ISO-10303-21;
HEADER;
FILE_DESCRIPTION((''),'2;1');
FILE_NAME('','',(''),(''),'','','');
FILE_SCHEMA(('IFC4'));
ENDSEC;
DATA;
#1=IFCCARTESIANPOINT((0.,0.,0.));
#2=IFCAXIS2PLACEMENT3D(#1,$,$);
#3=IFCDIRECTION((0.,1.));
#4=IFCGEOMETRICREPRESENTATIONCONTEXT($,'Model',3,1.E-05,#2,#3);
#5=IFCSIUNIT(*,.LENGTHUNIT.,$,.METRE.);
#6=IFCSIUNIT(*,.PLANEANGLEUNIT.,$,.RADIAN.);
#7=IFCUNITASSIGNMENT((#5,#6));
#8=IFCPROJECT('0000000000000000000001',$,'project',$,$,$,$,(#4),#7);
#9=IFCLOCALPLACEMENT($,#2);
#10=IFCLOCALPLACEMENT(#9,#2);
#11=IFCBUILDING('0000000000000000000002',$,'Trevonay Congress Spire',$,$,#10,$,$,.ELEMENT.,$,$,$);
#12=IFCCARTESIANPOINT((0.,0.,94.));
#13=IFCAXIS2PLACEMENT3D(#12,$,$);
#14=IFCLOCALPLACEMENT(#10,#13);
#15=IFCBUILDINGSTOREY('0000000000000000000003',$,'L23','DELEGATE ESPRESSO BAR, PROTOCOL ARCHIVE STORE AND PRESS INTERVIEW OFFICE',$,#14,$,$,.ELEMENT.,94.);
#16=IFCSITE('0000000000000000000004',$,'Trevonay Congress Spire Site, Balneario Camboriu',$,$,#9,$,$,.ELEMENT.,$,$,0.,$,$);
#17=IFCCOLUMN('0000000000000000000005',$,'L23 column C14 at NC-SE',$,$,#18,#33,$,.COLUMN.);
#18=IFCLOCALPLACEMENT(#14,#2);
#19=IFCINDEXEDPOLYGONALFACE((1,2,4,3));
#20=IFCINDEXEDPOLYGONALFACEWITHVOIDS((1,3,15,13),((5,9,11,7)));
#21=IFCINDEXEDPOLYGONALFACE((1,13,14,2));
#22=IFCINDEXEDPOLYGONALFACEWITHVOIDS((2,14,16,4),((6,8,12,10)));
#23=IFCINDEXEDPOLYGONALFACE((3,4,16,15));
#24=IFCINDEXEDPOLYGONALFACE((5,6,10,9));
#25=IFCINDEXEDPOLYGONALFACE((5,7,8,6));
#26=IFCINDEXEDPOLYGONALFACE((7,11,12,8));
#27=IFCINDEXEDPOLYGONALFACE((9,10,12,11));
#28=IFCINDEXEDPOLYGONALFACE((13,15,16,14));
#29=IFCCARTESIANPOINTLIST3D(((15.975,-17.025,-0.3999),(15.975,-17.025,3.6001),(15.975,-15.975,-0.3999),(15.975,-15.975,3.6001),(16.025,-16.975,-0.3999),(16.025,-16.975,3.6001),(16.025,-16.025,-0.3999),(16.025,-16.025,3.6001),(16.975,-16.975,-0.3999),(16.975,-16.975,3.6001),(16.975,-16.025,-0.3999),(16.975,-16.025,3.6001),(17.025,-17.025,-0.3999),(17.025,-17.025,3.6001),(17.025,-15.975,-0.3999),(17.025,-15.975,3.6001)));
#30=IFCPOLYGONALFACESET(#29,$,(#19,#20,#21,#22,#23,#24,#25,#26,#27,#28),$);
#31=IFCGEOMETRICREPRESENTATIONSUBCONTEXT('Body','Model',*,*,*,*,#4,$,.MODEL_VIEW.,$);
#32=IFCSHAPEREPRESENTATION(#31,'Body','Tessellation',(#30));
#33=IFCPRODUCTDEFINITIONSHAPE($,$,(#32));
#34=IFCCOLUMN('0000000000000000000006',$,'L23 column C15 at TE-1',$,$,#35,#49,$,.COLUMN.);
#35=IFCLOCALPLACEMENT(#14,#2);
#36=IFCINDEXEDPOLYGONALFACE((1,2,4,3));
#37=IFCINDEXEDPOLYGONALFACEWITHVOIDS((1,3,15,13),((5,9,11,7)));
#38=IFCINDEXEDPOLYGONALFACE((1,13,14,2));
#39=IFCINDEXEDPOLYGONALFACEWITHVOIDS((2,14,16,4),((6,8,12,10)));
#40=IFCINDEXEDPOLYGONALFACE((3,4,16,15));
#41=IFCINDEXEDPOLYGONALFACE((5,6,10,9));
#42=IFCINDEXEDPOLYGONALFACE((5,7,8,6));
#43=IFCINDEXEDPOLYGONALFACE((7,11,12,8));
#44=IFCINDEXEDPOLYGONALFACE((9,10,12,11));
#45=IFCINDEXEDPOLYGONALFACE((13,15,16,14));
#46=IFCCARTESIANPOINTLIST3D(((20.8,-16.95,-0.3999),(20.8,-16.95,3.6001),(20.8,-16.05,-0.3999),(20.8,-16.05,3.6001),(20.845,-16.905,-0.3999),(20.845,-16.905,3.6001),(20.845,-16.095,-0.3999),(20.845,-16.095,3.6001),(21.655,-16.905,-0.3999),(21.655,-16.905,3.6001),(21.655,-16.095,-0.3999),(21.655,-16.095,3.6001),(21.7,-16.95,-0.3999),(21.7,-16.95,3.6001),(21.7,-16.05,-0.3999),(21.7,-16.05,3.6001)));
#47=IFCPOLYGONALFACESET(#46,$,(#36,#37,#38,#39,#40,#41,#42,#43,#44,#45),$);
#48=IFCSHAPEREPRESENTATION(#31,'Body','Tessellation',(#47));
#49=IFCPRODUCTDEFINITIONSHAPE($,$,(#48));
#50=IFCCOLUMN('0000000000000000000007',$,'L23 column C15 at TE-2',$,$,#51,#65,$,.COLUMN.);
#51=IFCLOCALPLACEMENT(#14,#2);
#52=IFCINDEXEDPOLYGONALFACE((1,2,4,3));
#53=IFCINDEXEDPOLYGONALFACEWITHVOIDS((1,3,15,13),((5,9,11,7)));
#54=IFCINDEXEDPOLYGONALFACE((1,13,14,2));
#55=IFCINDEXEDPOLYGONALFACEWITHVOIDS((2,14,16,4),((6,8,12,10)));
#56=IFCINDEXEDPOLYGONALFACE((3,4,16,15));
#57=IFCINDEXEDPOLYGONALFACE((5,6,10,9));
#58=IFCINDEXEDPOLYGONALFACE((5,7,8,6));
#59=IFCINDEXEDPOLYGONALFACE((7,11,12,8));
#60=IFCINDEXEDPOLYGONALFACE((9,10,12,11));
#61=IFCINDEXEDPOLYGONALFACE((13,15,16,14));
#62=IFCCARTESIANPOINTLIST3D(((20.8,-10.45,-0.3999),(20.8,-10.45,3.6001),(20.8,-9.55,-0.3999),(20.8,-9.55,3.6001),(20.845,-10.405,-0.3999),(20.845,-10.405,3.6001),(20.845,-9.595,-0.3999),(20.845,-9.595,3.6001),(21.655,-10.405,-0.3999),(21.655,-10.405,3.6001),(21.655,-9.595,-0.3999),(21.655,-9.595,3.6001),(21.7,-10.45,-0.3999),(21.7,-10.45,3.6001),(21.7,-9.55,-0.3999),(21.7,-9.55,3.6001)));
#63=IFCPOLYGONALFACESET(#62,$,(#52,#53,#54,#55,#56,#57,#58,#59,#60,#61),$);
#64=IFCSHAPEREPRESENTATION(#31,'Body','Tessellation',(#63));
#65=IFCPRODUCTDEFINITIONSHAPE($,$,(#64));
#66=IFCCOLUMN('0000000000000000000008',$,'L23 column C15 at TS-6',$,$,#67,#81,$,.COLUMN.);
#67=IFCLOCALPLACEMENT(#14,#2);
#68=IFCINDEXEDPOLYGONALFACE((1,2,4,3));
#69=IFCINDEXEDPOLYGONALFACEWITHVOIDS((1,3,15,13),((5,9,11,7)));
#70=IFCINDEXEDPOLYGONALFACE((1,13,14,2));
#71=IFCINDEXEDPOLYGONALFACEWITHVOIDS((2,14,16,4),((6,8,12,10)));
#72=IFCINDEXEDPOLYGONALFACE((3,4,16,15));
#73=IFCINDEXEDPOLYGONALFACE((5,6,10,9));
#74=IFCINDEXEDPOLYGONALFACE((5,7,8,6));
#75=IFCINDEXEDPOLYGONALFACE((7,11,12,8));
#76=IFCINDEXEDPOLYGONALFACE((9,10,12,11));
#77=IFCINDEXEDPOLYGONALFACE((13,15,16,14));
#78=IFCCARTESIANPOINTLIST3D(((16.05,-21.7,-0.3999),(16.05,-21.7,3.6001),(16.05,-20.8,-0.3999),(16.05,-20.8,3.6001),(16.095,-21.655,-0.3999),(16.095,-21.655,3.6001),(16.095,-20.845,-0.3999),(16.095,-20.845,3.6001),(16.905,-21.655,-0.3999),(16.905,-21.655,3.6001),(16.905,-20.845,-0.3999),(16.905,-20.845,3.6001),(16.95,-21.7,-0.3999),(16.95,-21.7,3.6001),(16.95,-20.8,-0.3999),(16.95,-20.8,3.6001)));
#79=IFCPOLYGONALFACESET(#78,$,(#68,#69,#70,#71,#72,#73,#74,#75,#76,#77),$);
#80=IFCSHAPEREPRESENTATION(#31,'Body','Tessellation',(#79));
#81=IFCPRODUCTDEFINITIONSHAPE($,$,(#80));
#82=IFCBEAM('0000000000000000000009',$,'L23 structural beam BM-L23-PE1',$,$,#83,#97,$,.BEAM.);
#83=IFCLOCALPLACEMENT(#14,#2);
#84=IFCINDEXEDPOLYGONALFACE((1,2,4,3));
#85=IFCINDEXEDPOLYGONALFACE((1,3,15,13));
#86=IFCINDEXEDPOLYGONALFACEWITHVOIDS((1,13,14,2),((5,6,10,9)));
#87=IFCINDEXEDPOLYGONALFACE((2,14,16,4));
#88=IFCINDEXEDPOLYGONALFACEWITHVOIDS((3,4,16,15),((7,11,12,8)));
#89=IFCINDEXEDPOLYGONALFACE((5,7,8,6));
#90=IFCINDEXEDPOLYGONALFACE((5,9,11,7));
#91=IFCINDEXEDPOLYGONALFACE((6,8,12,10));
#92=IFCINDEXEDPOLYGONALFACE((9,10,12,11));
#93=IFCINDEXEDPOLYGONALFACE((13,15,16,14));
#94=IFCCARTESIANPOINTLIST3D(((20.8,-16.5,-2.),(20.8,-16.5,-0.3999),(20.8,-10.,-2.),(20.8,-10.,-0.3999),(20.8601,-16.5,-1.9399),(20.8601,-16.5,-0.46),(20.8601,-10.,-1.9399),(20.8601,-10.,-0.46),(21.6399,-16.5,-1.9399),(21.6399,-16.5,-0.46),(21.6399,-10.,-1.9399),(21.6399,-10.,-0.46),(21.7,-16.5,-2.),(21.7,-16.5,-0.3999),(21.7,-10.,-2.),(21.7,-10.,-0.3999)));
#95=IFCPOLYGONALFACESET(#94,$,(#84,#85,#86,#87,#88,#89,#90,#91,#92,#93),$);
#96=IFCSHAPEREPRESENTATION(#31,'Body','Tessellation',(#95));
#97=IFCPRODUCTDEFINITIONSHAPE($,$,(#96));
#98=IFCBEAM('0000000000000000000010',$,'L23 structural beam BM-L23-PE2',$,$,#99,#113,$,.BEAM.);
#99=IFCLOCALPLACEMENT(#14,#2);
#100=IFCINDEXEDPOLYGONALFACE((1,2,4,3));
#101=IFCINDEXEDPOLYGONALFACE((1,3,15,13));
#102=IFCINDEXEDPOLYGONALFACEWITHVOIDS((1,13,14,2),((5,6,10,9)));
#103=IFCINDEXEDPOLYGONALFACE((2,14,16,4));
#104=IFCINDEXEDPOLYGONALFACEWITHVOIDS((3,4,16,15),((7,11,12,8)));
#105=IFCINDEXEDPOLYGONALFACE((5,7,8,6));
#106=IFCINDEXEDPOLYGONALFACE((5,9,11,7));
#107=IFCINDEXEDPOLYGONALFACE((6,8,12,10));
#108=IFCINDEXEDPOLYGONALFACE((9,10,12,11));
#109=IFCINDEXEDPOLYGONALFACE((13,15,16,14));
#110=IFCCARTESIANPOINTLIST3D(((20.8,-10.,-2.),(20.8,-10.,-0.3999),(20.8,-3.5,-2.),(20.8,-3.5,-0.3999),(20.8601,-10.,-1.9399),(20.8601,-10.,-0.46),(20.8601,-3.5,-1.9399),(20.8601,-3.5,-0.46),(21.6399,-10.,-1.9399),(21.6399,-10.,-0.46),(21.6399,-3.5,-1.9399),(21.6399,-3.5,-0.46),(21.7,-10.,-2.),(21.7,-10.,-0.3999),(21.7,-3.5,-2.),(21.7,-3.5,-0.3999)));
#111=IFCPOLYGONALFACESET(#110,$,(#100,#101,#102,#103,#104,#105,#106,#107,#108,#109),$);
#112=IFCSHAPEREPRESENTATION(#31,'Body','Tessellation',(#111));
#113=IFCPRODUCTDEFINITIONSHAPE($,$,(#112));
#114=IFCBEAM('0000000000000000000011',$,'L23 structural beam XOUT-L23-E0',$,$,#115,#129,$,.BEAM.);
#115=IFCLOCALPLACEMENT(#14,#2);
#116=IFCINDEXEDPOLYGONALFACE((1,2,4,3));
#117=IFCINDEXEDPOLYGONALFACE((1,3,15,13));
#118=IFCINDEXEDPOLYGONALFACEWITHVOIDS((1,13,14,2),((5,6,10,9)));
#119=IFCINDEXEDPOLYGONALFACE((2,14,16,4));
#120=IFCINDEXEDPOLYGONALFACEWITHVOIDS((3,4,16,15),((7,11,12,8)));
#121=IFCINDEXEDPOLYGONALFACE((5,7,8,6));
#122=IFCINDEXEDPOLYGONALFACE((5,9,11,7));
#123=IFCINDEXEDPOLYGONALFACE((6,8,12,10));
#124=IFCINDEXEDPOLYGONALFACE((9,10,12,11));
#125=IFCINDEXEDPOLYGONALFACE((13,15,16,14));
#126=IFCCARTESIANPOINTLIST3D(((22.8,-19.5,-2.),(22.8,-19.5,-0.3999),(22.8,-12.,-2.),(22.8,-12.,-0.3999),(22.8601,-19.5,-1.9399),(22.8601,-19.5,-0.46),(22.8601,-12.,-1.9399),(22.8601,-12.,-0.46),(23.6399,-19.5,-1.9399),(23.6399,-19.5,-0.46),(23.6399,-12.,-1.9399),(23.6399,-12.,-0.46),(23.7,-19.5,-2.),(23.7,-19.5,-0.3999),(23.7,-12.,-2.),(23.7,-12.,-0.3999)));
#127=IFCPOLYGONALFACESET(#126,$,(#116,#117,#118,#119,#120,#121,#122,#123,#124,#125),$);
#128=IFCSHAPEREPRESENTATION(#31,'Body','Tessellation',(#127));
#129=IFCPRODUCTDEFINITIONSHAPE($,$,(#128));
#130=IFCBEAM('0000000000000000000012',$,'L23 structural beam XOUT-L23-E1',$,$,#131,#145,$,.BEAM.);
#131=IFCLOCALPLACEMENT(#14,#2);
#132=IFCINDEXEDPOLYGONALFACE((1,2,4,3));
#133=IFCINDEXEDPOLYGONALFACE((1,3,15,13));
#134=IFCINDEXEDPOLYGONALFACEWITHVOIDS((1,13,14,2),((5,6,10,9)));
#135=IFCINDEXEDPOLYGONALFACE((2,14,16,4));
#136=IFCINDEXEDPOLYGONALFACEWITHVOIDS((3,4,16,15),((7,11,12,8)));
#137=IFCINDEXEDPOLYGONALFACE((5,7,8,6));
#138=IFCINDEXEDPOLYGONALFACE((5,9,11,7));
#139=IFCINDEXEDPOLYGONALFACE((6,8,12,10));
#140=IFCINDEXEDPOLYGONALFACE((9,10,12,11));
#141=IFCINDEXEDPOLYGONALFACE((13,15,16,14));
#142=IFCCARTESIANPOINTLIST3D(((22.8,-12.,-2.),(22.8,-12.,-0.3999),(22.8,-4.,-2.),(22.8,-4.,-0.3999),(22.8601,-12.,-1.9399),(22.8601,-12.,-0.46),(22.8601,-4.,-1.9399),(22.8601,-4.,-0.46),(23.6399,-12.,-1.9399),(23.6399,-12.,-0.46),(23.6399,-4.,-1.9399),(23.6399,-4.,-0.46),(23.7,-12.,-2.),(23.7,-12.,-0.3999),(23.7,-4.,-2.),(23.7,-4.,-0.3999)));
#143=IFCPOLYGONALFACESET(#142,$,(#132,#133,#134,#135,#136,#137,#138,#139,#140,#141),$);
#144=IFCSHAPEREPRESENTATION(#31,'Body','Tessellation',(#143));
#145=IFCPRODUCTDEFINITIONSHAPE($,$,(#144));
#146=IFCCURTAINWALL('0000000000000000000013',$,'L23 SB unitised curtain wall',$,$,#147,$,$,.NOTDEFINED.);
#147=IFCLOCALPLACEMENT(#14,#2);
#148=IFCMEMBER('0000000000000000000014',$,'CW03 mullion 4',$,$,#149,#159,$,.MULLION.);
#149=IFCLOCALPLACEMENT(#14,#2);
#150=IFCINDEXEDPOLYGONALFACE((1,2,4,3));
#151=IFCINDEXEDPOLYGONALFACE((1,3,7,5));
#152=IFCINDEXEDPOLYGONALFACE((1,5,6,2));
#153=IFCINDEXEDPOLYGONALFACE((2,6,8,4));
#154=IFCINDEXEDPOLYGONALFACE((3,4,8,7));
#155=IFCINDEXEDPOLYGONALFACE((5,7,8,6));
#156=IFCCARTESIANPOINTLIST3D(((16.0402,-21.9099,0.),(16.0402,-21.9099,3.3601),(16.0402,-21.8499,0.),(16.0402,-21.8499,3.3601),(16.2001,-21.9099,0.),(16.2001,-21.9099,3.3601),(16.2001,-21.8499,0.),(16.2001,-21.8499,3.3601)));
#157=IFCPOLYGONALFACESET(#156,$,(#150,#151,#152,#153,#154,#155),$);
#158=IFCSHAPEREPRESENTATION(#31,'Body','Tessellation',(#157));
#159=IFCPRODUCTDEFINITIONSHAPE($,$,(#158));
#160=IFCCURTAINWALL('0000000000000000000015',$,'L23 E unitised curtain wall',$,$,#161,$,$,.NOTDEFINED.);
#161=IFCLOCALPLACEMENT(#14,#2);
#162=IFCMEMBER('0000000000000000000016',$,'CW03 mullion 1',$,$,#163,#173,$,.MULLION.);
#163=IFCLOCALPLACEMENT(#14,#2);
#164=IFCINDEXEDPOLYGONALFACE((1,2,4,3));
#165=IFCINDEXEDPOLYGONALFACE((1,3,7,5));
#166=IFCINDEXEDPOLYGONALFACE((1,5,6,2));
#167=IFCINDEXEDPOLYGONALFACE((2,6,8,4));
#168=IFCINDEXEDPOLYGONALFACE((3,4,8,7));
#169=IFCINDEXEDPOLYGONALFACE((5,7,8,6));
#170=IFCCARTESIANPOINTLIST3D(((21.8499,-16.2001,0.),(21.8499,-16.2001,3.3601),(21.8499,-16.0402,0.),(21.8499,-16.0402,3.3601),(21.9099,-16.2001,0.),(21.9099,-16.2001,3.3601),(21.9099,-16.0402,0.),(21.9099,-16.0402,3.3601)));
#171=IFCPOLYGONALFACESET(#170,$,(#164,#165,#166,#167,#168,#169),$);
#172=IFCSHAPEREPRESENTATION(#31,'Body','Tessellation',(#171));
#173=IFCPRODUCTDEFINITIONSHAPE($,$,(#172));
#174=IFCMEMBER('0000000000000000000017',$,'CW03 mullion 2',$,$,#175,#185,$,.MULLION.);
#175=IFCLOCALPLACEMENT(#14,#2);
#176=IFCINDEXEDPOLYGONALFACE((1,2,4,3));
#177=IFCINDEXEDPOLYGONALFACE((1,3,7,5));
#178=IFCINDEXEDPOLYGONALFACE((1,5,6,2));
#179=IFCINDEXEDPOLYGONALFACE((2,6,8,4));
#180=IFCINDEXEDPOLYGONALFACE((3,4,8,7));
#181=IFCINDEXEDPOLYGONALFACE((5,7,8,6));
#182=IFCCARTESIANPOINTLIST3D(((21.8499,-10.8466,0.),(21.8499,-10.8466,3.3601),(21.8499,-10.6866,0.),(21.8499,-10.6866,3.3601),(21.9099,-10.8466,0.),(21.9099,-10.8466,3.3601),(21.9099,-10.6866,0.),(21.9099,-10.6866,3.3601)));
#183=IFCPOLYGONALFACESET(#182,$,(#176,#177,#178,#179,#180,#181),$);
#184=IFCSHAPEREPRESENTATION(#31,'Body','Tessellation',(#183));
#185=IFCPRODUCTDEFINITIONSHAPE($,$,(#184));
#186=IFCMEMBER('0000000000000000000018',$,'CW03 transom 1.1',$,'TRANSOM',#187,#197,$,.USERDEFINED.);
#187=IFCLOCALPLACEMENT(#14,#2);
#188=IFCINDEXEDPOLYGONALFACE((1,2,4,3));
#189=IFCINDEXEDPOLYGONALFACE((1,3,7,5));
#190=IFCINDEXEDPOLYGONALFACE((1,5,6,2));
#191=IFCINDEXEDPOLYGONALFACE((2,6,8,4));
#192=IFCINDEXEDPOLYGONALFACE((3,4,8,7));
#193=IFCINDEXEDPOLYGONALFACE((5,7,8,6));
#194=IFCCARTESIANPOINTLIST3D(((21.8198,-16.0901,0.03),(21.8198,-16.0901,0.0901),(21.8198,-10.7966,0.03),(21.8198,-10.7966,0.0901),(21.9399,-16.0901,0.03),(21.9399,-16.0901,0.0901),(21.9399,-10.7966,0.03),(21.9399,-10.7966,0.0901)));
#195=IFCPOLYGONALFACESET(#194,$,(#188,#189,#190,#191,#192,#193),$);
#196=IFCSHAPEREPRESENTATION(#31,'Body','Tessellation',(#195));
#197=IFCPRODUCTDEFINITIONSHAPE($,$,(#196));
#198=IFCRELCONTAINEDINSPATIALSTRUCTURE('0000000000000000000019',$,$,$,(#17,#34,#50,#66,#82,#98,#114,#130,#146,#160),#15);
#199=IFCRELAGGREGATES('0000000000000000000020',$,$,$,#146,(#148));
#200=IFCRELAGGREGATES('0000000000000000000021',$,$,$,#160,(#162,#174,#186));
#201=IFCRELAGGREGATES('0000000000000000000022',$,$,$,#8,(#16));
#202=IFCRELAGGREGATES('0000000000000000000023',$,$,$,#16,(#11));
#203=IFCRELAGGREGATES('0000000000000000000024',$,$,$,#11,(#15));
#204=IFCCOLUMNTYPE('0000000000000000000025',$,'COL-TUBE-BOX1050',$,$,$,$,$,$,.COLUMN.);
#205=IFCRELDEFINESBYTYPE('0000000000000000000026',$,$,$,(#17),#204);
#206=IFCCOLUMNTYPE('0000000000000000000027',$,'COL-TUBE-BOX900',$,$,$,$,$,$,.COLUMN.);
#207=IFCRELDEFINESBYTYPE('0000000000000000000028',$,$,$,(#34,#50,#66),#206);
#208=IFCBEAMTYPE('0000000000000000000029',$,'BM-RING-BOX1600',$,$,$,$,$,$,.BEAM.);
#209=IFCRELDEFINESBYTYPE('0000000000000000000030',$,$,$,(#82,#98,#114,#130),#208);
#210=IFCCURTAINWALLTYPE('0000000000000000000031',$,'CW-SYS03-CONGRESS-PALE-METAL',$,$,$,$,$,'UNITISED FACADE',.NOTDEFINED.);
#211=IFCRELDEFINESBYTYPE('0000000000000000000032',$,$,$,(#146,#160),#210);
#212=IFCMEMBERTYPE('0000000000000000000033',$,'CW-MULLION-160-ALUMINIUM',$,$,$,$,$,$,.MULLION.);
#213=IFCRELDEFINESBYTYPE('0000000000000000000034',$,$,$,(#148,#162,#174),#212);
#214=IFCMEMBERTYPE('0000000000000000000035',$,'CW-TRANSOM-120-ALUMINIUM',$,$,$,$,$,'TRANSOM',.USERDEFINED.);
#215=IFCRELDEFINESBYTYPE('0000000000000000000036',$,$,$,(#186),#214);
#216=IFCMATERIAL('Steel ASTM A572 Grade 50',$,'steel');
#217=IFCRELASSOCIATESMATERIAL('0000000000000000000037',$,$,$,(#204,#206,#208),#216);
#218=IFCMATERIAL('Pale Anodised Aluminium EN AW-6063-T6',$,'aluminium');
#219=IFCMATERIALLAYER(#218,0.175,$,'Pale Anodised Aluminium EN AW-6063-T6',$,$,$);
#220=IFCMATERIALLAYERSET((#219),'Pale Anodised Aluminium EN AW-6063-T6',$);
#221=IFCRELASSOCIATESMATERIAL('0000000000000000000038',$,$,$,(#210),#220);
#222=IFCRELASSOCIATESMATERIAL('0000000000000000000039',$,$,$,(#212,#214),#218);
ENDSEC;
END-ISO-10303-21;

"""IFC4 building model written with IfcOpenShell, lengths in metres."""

from ifc_helpers import new_model, si_unit, direction, frame, origin, origin_2d, place, context, subcontext, project, spatial, rectangle, hollow_rectangle, extrude, material, layer, layer_set, material_profile, profile_set, type_object, element, aggregate, save


model = new_model("IFC4")

# Units and contexts
model_context = context("Model", 3, precision=1e-05, world=origin(), true_north=direction((0.0, 1.0)))
body_context = subcontext(model_context, "Body", "Model", "MODEL_VIEW")
ifc_project = project(units=[si_unit("LENGTHUNIT", "METRE"), si_unit("PLANEANGLEUNIT", "RADIAN")], contexts=[model_context])

# Site, building, storey
site_placement = place(None, origin())
site = spatial("IfcSite", under=ifc_project, at=site_placement, Name="Trevonay Congress Spire Site, Balneario Camboriu", CompositionType="ELEMENT", RefElevation=0.0)
building_placement = place(site_placement, origin())
building = spatial("IfcBuilding", under=site, at=building_placement, Name="Trevonay Congress Spire", CompositionType="ELEMENT")
storey_placement = place(building_placement, frame((0.0, 0.0, 94.0)))
storey = spatial("IfcBuildingStorey", under=building, at=storey_placement, Name="L23", Description="DELEGATE ESPRESSO BAR, PROTOCOL ARCHIVE STORE AND PRESS INTERVIEW OFFICE", CompositionType="ELEMENT", Elevation=94.0)

# Columns
ifc_material_1 = material(Name="Steel ASTM A572 Grade 50", Category="steel")
ifc_material_profile_1 = material_profile(ifc_material_1, hollow_rectangle(XDim=1.05, YDim=1.05, WallThickness=0.05, at=origin_2d()), Name="BOX 1050x1050x50")
ifc_profile_set_1 = profile_set([ifc_material_profile_1], Name="Steel ASTM A572 Grade 50")
column_type_1 = type_object("IfcColumnType", Name="COL-TUBE-BOX1050", PredefinedType="COLUMN", material=ifc_profile_set_1)
column_placement = place(storey_placement, frame((16.5, -16.5, -0.3999), z_axis=(0.0, 0.0, 1.0), x_axis=(1.0, 0.0, 0.0)))
element("IfcColumn", 1, at=column_placement, inside=storey, type_object=column_type_1, Name="L23 column C14 at NC-SE", PredefinedType="COLUMN", context=body_context, shape_type="SweptSolid", body=[
    extrude(hollow_rectangle(XDim=1.05, YDim=1.05, WallThickness=0.05, at=origin_2d()), origin(), (0.0, 0.0, 1.0), 4.0),
])
ifc_material_profile_2 = material_profile(ifc_material_1, hollow_rectangle(XDim=0.8999, YDim=0.8999, WallThickness=0.0449, at=origin_2d()), Name="BOX 900x900x45")
ifc_profile_set_2 = profile_set([ifc_material_profile_2], Name="Steel ASTM A572 Grade 50")
column_type_2 = type_object("IfcColumnType", Name="COL-TUBE-BOX900", PredefinedType="COLUMN", material=ifc_profile_set_2)
for number, where, z_axis, x_axis, name in (
    (2, (21.25, -16.5, -0.3999), (0.0, 0.0, 1.0), (1.0, 0.0, 0.0), "L23 column C15 at TE-1"),
    (3, (21.25, -10.0, -0.3999), (0.0, 0.0, 1.0), (1.0, 0.0, 0.0), "L23 column C15 at TE-2"),
    (4, (16.5, -21.25, -0.3999), (0.0, 0.0, 1.0), (1.0, 0.0, 0.0), "L23 column C15 at TS-6"),
):
    element("IfcColumn", number, at=place(storey_placement, frame(where, z_axis=z_axis, x_axis=x_axis)), inside=storey, type_object=column_type_2, Name=name, PredefinedType="COLUMN", context=body_context, shape_type="SweptSolid", body=[
        extrude(hollow_rectangle(XDim=0.8999, YDim=0.8999, WallThickness=0.0449, at=origin_2d()), origin(), (0.0, 0.0, 1.0), 4.0),
    ])

# Beams
ifc_material_profile_3 = material_profile(ifc_material_1, hollow_rectangle(XDim=0.8999, YDim=1.6001, WallThickness=0.0601, at=origin_2d()), Name="BOX 1600x900x60")
ifc_profile_set_3 = profile_set([ifc_material_profile_3], Name="Steel ASTM A572 Grade 50")
beam_type = type_object("IfcBeamType", Name="BM-RING-BOX1600", PredefinedType="BEAM", material=ifc_profile_set_3)
for number, where, z_axis, x_axis, name in (
    (5, (21.25, -16.5, -1.2), (0.0, 1.0, 0.0), (-1.0, 0.0, 0.0), "L23 structural beam BM-L23-PE1"),
    (6, (21.25, -10.0, -1.2), (0.0, 1.0, 0.0), (-1.0, 0.0, 0.0), "L23 structural beam BM-L23-PE2"),
):
    element("IfcBeam", number, at=place(storey_placement, frame(where, z_axis=z_axis, x_axis=x_axis)), inside=storey, type_object=beam_type, Name=name, PredefinedType="BEAM", context=body_context, shape_type="SweptSolid", body=[
        extrude(hollow_rectangle(XDim=0.8999, YDim=1.6001, WallThickness=0.0601, at=origin_2d()), origin(), (0.0, 0.0, 1.0), 6.5),
    ])
beam_1_placement = place(storey_placement, frame((23.25, -19.5, -1.2), z_axis=(0.0, 1.0, 0.0), x_axis=(-1.0, 0.0, 0.0)))
element("IfcBeam", 7, at=beam_1_placement, inside=storey, type_object=beam_type, Name="L23 structural beam XOUT-L23-E0", PredefinedType="BEAM", context=body_context, shape_type="SweptSolid", body=[
    extrude(hollow_rectangle(XDim=0.8999, YDim=1.6001, WallThickness=0.0601, at=origin_2d()), origin(), (0.0, 0.0, 1.0), 7.5),
])
beam_2_placement = place(storey_placement, frame((23.25, -12.0, -1.2), z_axis=(0.0, 1.0, 0.0), x_axis=(-1.0, 0.0, 0.0)))
element("IfcBeam", 8, at=beam_2_placement, inside=storey, type_object=beam_type, Name="L23 structural beam XOUT-L23-E1", PredefinedType="BEAM", context=body_context, shape_type="SweptSolid", body=[
    extrude(hollow_rectangle(XDim=0.8999, YDim=1.6001, WallThickness=0.0601, at=origin_2d()), origin(), (0.0, 0.0, 1.0), 8.0),
])

# Curtain wall, member
ifc_material_2 = material(Name="Pale Anodised Aluminium EN AW-6063-T6", Category="aluminium")
ifc_layer_1 = layer(ifc_material_2, 0.175, Name="Pale Anodised Aluminium EN AW-6063-T6")
ifc_layer_set_1 = layer_set([ifc_layer_1], Name="Pale Anodised Aluminium EN AW-6063-T6")
curtain_wall_type = type_object("IfcCurtainWallType", Name="CW-SYS03-CONGRESS-PALE-METAL", ElementType="UNITISED FACADE", PredefinedType="NOTDEFINED", material=ifc_layer_set_1)
curtain_wall_1_placement = place(storey_placement, origin())
curtain_wall_1 = element("IfcCurtainWall", 9, at=curtain_wall_1_placement, inside=storey, type_object=curtain_wall_type, Name="L23 SB unitised curtain wall", PredefinedType="NOTDEFINED")
ifc_material_profile_4 = material_profile(ifc_material_2, rectangle(XDim=0.0601, YDim=0.1599, at=origin_2d()), Name="CW-MULLION-160-ALUMINIUM")
ifc_profile_set_4 = profile_set([ifc_material_profile_4], Name="Pale Anodised Aluminium EN AW-6063-T6")
member_type_1 = type_object("IfcMemberType", Name="CW-MULLION-160-ALUMINIUM", PredefinedType="MULLION", material=ifc_profile_set_4)
member_1_placement = place(storey_placement, frame((16.1201, -21.8799, 0.0), z_axis=(0.0, 0.0, 1.0), x_axis=(0.0, 1.0, 0.0)))
member_1 = element("IfcMember", 10, at=member_1_placement, type_object=member_type_1, Name="CW03 mullion 4", PredefinedType="MULLION", context=body_context, shape_type="SweptSolid", body=[
    extrude(rectangle(XDim=0.0601, YDim=0.1599, at=origin_2d()), origin(), (0.0, 0.0, 1.0), 3.3601),
])

# Curtain wall, members
curtain_wall_2_placement = place(storey_placement, origin())
curtain_wall_2 = element("IfcCurtainWall", 11, at=curtain_wall_2_placement, inside=storey, type_object=curtain_wall_type, Name="L23 E unitised curtain wall", PredefinedType="NOTDEFINED")
member_2_placement = place(storey_placement, frame((21.8799, -16.1201, 0.0), z_axis=(0.0, 0.0, 1.0), x_axis=(-1.0, 0.0, 0.0)))
member_2 = element("IfcMember", 12, at=member_2_placement, type_object=member_type_1, Name="CW03 mullion 1", PredefinedType="MULLION", context=body_context, shape_type="SweptSolid", body=[
    extrude(rectangle(XDim=0.0601, YDim=0.1599, at=origin_2d()), origin(), (0.0, 0.0, 1.0), 3.3601),
])
member_3_placement = place(storey_placement, frame((21.8799, -10.7666, 0.0), z_axis=(0.0, 0.0, 1.0), x_axis=(-1.0, 0.0, 0.0)))
member_3 = element("IfcMember", 13, at=member_3_placement, type_object=member_type_1, Name="CW03 mullion 2", PredefinedType="MULLION", context=body_context, shape_type="SweptSolid", body=[
    extrude(rectangle(XDim=0.0601, YDim=0.1599, at=origin_2d()), origin(), (0.0, 0.0, 1.0), 3.3601),
])
ifc_material_profile_5 = material_profile(ifc_material_2, rectangle(XDim=0.1201, YDim=0.0601, at=origin_2d()), Name="CW-TRANSOM-120-ALUMINIUM")
ifc_profile_set_5 = profile_set([ifc_material_profile_5], Name="Pale Anodised Aluminium EN AW-6063-T6")
member_type_2 = type_object("IfcMemberType", Name="CW-TRANSOM-120-ALUMINIUM", ElementType="TRANSOM", PredefinedType="USERDEFINED", material=ifc_profile_set_5)
member_4_placement = place(storey_placement, frame((21.8799, -16.0901, 0.0601), z_axis=(0.0, 1.0, 0.0), x_axis=(-1.0, 0.0, 0.0)))
member_4 = element("IfcMember", 14, at=member_4_placement, type_object=member_type_2, Name="CW03 transom 1.1", ObjectType="TRANSOM", PredefinedType="USERDEFINED", context=body_context, shape_type="SweptSolid", body=[
    extrude(rectangle(XDim=0.1201, YDim=0.0601, at=origin_2d()), origin(), (0.0, 0.0, 1.0), 5.2935),
])

aggregate(curtain_wall_1, [member_1])
aggregate(curtain_wall_2, [member_2, member_3, member_4])

save(model, "model.ifc")
